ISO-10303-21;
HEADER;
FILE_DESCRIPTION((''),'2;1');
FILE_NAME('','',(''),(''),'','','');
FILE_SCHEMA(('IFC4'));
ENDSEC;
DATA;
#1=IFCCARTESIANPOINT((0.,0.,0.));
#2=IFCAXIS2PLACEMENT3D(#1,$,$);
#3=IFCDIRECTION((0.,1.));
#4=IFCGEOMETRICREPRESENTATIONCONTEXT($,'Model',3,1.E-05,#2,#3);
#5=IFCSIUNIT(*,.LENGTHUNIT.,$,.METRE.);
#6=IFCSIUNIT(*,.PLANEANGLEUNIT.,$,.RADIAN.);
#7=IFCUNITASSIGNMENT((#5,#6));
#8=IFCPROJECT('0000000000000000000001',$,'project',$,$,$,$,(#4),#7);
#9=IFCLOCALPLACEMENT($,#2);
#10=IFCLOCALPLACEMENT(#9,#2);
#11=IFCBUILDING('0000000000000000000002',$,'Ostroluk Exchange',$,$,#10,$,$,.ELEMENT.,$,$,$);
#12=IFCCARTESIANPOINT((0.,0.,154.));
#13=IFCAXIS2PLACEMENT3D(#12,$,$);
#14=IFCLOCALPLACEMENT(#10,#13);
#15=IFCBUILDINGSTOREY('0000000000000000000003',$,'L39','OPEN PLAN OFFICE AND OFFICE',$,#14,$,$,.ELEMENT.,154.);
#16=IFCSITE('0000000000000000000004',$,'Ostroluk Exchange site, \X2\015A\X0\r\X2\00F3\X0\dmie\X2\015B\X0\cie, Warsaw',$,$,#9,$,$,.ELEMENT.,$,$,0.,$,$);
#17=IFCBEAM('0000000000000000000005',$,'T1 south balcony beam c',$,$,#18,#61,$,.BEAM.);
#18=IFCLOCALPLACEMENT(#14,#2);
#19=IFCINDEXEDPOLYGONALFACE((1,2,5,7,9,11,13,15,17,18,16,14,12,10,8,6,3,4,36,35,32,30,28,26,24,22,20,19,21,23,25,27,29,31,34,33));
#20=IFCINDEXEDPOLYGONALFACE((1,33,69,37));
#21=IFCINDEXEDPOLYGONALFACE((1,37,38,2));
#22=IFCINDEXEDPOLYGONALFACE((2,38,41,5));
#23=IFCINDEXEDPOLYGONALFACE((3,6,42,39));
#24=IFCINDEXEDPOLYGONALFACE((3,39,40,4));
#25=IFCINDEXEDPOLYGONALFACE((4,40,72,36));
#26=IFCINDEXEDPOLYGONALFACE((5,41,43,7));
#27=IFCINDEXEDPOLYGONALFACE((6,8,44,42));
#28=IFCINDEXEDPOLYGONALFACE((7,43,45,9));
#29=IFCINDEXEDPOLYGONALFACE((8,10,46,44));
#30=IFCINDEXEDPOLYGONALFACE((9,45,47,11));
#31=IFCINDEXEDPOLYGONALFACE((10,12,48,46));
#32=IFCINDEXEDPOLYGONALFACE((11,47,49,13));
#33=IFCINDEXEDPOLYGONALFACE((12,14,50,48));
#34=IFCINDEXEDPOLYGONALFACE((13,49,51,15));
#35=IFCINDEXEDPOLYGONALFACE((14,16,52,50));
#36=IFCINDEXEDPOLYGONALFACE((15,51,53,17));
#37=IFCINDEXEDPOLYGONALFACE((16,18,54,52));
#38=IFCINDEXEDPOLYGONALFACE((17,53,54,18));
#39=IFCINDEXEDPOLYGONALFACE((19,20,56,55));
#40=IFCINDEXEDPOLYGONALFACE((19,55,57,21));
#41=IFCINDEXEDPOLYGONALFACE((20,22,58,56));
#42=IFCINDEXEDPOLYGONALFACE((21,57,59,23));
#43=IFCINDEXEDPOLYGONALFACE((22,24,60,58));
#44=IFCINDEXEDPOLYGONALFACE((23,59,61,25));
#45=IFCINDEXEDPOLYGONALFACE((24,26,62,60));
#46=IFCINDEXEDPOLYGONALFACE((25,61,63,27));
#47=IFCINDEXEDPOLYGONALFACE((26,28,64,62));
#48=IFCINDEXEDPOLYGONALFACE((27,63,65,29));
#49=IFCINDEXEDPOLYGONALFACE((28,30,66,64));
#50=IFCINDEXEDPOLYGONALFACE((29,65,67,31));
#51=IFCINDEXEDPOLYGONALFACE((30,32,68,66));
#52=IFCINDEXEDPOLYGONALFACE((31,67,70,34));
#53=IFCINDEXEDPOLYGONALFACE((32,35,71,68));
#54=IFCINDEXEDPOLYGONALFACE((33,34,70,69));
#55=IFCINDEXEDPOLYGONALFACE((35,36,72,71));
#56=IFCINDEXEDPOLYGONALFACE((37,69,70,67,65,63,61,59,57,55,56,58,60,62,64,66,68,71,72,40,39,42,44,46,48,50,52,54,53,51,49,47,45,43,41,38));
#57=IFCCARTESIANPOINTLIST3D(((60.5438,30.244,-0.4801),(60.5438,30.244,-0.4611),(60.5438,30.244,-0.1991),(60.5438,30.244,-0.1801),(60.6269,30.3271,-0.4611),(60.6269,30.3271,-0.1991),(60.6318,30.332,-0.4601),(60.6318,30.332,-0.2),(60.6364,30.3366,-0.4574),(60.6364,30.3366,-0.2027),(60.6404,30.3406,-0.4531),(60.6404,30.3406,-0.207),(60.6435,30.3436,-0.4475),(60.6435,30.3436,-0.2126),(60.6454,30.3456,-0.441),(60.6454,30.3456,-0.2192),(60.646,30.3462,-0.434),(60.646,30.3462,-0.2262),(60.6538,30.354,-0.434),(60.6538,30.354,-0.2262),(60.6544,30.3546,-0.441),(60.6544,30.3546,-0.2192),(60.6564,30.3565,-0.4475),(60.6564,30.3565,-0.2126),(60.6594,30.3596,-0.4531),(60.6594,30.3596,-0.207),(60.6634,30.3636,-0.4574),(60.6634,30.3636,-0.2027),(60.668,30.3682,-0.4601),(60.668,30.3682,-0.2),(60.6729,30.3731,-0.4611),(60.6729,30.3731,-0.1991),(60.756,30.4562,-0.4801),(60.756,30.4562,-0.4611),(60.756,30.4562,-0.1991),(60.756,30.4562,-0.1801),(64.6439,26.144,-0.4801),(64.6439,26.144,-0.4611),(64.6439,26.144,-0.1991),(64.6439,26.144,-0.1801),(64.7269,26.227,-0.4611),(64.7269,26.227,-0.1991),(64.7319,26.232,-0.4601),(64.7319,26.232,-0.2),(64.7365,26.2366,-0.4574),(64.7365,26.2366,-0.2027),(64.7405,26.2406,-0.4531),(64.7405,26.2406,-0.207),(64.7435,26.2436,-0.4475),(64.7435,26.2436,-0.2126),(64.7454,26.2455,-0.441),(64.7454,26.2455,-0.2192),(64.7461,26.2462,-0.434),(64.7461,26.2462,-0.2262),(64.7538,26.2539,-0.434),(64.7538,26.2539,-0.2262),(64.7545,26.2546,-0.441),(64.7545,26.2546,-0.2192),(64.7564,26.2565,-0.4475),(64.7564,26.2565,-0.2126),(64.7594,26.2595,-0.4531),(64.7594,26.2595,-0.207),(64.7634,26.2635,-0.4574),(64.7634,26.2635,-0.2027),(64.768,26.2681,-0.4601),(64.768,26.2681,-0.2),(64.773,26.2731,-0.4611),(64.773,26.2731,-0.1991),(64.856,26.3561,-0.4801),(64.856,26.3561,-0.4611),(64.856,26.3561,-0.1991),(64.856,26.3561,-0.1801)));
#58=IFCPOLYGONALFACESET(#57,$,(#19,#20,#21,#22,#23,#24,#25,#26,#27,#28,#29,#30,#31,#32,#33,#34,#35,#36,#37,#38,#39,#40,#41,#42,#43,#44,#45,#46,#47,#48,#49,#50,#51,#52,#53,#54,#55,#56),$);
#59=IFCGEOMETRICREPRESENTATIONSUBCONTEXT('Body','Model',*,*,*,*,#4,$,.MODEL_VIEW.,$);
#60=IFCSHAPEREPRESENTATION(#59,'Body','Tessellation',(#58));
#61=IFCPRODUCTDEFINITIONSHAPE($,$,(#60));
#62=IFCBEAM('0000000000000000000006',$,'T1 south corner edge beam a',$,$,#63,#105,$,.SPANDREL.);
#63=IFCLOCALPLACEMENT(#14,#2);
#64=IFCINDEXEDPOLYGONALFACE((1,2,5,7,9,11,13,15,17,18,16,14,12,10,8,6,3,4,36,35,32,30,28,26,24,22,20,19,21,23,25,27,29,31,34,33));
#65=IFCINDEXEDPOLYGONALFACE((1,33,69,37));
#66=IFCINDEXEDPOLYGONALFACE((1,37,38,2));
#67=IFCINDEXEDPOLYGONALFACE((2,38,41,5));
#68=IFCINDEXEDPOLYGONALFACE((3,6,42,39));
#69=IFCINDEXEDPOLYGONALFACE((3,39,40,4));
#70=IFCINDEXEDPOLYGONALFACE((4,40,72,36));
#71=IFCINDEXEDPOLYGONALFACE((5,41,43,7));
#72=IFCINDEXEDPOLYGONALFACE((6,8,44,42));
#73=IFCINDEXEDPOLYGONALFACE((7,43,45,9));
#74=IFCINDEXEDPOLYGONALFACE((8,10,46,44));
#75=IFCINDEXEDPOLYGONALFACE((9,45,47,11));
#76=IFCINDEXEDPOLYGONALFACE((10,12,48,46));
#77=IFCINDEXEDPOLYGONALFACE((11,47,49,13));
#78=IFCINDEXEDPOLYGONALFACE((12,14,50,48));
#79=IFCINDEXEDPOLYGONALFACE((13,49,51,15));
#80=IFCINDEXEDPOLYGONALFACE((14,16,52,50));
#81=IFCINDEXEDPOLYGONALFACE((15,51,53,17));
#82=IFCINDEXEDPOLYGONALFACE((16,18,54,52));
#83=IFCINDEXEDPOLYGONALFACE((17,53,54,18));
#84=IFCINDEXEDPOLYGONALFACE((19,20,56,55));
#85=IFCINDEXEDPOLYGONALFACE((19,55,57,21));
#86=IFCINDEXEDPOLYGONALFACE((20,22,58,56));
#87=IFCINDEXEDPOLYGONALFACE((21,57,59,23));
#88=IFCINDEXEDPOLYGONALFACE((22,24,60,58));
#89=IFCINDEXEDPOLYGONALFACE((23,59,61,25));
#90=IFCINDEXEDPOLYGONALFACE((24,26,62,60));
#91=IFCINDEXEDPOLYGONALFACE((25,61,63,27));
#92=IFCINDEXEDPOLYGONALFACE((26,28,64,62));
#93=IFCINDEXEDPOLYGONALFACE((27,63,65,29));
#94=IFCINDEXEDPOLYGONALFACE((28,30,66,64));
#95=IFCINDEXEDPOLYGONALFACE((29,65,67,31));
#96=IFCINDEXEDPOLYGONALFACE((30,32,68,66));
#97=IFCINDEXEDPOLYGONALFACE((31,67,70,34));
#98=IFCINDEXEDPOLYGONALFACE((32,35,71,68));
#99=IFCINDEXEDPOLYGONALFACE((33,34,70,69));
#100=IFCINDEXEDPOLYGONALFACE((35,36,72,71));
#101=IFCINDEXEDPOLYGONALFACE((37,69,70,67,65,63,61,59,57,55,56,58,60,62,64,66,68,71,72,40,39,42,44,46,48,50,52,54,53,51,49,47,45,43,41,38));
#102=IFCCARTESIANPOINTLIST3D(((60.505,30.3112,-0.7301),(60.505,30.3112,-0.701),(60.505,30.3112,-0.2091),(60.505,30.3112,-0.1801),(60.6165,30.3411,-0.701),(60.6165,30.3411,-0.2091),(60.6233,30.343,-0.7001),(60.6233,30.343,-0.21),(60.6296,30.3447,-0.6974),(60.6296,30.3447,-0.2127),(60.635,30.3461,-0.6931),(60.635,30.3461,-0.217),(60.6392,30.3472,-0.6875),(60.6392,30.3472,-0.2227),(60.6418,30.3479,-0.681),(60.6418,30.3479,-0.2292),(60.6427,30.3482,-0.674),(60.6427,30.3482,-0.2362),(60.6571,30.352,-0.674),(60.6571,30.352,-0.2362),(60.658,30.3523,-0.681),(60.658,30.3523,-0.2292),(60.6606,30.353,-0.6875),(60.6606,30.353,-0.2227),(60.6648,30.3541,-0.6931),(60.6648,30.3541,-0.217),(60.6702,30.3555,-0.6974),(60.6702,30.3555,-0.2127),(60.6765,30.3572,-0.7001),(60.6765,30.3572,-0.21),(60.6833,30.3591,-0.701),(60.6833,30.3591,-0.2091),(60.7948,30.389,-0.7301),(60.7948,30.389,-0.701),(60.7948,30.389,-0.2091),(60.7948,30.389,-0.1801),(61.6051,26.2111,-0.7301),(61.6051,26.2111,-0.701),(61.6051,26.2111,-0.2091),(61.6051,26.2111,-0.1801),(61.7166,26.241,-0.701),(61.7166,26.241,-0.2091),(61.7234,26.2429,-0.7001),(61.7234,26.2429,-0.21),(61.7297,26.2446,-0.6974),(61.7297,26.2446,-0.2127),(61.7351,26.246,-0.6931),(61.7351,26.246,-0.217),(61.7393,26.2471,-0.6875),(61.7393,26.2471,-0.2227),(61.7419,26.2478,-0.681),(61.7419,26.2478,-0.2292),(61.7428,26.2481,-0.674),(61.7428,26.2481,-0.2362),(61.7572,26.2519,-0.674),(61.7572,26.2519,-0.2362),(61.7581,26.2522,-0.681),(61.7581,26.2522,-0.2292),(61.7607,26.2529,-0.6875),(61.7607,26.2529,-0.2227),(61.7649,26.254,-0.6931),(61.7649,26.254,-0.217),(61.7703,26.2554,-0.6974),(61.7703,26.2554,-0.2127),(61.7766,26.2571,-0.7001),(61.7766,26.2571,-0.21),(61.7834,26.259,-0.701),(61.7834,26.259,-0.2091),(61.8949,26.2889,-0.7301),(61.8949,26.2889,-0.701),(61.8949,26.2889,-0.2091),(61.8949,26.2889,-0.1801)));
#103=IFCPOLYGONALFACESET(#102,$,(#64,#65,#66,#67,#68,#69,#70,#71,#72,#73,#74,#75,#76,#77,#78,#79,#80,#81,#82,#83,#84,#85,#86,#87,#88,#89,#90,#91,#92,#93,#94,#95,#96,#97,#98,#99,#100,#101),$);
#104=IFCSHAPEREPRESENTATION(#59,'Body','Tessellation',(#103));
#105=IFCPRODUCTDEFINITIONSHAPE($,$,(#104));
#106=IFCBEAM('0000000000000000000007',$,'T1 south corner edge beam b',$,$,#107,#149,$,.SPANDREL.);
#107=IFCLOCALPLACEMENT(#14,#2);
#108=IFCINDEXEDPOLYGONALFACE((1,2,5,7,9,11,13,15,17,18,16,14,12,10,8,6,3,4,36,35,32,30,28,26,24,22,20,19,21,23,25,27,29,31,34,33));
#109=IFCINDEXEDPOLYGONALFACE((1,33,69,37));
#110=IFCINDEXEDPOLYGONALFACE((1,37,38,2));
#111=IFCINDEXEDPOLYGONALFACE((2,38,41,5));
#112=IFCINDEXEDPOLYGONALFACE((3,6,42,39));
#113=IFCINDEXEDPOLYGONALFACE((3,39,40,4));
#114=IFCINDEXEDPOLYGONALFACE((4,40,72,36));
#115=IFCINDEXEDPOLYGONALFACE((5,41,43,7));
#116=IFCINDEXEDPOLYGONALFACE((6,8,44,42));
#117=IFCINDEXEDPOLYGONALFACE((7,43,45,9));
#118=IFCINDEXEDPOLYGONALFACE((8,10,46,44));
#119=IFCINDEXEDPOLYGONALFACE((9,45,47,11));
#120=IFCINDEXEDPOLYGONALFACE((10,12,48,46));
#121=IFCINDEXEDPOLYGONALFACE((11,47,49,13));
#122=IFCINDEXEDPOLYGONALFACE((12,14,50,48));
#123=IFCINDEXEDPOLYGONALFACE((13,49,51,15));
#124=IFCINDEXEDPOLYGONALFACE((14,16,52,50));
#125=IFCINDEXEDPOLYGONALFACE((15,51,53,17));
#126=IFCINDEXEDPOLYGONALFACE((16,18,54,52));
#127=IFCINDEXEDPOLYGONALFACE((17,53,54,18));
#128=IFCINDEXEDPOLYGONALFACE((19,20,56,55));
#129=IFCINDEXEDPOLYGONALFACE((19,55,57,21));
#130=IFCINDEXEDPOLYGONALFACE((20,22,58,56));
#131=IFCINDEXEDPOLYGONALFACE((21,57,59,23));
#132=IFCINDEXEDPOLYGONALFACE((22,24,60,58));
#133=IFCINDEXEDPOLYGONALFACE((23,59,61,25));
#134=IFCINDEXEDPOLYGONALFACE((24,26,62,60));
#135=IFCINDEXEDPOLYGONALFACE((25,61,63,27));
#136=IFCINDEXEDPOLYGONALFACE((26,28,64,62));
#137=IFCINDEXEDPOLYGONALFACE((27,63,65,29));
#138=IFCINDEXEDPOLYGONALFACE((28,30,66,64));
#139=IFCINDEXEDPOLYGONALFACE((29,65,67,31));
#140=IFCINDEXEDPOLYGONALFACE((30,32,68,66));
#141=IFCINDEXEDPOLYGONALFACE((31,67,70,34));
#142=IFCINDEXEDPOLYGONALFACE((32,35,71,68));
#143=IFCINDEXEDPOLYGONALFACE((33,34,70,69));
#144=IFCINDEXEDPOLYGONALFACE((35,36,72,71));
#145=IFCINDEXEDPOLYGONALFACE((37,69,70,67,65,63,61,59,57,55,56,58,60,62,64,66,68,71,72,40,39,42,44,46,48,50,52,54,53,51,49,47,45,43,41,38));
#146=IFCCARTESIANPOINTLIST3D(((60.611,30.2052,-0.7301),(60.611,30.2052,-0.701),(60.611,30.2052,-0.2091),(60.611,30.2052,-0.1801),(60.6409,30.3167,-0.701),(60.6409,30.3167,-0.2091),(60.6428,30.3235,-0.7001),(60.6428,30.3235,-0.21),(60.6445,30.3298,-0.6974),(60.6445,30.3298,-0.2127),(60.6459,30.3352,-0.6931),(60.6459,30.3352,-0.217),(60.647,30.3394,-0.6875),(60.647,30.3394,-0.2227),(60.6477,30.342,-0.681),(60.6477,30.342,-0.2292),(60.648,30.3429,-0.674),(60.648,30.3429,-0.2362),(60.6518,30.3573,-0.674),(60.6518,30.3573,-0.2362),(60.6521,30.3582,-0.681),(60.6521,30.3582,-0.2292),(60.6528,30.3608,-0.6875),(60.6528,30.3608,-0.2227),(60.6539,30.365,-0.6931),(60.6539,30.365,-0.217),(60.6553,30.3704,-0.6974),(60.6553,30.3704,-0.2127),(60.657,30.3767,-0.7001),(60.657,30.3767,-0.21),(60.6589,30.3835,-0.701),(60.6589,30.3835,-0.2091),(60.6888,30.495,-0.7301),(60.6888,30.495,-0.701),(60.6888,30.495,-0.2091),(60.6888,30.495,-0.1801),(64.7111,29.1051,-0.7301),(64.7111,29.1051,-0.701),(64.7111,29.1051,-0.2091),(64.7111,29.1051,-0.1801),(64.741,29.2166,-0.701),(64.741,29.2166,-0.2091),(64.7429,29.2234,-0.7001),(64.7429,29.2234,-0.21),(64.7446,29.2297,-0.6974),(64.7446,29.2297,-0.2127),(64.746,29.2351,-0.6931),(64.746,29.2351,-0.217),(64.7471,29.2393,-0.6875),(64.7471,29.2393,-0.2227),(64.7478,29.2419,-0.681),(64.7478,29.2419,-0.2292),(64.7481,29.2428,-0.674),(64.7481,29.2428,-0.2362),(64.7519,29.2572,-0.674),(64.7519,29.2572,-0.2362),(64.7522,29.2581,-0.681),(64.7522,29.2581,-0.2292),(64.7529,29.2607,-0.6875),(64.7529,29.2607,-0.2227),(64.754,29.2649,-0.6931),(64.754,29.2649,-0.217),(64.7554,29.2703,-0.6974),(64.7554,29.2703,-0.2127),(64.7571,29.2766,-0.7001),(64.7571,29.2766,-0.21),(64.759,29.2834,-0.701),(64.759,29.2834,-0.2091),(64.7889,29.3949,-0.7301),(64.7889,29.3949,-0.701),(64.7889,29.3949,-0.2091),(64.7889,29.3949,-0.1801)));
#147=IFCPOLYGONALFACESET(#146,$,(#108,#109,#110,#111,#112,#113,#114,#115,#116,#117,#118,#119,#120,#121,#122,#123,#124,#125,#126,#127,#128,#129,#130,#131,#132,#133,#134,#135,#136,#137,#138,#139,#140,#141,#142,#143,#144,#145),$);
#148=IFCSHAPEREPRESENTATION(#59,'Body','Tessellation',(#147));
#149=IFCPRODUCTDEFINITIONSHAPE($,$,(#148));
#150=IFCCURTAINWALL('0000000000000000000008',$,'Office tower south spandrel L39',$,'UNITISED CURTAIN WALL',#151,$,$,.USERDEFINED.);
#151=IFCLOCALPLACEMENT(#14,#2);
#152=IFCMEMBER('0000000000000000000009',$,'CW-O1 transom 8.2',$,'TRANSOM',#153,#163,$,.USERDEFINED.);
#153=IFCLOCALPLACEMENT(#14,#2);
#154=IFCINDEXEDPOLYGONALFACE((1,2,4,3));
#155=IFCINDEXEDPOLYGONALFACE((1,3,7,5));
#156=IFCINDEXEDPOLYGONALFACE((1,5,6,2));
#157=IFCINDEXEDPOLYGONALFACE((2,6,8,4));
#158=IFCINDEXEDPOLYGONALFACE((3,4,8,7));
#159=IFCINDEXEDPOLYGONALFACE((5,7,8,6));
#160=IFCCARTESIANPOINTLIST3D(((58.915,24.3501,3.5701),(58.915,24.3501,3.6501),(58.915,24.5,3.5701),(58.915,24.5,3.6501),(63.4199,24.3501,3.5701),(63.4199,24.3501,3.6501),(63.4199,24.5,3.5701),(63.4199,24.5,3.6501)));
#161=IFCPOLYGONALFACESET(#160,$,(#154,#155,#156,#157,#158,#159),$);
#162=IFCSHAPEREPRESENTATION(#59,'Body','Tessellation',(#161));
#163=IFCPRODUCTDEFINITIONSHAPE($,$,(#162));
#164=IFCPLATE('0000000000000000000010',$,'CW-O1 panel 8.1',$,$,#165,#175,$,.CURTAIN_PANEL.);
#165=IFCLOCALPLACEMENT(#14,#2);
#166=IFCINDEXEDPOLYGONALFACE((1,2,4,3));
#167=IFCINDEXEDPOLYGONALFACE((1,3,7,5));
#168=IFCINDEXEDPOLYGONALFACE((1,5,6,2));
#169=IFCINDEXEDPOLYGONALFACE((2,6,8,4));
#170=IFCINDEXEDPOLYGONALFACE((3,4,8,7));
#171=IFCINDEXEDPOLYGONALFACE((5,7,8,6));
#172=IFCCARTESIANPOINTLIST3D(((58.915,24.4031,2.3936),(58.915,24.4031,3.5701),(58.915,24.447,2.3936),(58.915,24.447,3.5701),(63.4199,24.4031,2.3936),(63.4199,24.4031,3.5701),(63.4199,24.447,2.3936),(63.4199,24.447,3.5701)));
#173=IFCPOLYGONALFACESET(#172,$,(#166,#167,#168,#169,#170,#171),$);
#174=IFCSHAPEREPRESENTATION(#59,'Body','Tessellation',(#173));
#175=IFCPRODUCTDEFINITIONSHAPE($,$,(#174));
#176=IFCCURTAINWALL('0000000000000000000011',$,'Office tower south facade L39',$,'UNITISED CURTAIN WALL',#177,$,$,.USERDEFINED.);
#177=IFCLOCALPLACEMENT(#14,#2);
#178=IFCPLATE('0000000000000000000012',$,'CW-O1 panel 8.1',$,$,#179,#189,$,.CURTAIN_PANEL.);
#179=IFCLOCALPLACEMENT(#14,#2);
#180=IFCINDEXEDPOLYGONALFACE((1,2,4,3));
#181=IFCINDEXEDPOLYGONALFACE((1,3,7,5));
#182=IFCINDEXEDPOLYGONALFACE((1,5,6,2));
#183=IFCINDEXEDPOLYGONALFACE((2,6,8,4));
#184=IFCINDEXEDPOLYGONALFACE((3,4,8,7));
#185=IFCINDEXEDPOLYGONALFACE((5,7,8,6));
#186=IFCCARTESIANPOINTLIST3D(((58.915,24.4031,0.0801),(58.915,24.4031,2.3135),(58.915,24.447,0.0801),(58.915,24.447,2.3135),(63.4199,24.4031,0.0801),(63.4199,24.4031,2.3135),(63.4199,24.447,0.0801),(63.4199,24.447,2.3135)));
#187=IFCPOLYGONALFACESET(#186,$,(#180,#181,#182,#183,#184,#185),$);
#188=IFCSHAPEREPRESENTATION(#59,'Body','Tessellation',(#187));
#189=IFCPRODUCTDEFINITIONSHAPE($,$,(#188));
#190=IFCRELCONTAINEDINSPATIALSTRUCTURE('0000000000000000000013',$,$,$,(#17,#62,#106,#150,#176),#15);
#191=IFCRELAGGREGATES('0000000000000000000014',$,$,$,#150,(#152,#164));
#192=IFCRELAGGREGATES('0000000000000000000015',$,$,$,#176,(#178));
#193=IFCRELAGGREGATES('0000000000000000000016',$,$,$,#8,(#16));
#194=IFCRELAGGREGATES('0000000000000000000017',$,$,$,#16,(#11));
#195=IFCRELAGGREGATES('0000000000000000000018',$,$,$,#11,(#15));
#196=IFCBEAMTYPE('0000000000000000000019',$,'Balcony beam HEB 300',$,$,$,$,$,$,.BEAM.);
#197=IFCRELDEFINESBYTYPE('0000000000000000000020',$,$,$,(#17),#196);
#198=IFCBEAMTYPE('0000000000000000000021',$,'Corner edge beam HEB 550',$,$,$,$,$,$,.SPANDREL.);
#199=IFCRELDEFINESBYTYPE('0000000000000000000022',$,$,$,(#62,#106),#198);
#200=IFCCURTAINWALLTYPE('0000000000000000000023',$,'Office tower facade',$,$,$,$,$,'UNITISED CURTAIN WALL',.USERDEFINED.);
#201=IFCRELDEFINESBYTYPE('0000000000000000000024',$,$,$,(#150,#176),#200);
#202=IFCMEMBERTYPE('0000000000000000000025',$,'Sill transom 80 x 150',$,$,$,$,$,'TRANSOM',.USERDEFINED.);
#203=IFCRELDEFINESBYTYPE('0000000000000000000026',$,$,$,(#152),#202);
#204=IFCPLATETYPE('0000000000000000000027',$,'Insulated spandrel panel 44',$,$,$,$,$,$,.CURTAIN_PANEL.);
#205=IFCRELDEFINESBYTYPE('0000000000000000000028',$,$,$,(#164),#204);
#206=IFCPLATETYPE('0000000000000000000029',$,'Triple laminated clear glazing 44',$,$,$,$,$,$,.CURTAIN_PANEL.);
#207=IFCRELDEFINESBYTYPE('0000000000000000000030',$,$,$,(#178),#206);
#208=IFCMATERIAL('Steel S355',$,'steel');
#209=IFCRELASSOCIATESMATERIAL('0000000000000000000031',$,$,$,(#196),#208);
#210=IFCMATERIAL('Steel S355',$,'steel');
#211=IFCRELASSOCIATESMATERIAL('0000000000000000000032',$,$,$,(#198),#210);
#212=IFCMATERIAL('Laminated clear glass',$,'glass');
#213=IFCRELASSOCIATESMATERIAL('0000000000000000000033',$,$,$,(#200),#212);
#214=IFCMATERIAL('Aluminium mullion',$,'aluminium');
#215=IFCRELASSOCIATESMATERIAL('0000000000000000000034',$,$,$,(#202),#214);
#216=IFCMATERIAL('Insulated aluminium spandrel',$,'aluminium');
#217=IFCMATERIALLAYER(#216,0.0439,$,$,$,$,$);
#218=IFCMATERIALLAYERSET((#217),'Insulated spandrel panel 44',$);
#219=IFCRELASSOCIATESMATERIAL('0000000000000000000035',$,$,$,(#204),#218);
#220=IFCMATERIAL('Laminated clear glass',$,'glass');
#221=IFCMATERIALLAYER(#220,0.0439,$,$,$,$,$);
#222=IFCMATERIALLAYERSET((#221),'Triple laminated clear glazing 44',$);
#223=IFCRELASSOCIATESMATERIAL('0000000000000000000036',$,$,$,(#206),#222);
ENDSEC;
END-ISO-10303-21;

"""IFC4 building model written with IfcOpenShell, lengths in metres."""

from ifc_helpers import new_model, si_unit, direction, frame, origin, origin_2d, place, context, subcontext, project, spatial, rectangle, i_section, extrude, material, layer, layer_set, material_profile, profile_set, type_object, element, aggregate, save


model = new_model("IFC4")

# Units and contexts
model_context = context("Model", 3, precision=1e-05, world=origin(), true_north=direction((0.0, 1.0)))
body_context = subcontext(model_context, "Body", "Model", "MODEL_VIEW")
ifc_project = project(units=[si_unit("LENGTHUNIT", "METRE"), si_unit("PLANEANGLEUNIT", "RADIAN")], contexts=[model_context])

# Site, building, storey
site_placement = place(None, origin())
site = spatial("IfcSite", under=ifc_project, at=site_placement, Name="Ostroluk Exchange site, Śródmieście, Warsaw", CompositionType="ELEMENT", RefElevation=0.0)
building_placement = place(site_placement, origin())
building = spatial("IfcBuilding", under=site, at=building_placement, Name="Ostroluk Exchange", CompositionType="ELEMENT")
storey_placement = place(building_placement, frame((0.0, 0.0, 154.0)))
storey = spatial("IfcBuildingStorey", under=building, at=storey_placement, Name="L39", Description="OPEN PLAN OFFICE AND OFFICE", CompositionType="ELEMENT", Elevation=154.0)

# Beams
ifc_material_1 = material(Name="Steel S355", Category="steel")
ifc_material_profile_1 = material_profile(ifc_material_1, i_section(OverallWidth=0.3, OverallDepth=0.3, WebThickness=0.011, FlangeThickness=0.019, FilletRadius=0.0271, at=origin_2d()), Name="HEB 300")
ifc_profile_set_1 = profile_set([ifc_material_profile_1], Name="Steel S355")
beam_type_1 = type_object("IfcBeamType", Name="Balcony beam HEB 300", PredefinedType="BEAM", material=ifc_profile_set_1)
beam_1_placement = place(storey_placement, frame((60.6499, 30.3501, -0.3301), z_axis=(0.707107, -0.707107, 0.0), x_axis=(0.707107, 0.707107, 0.0)))
element("IfcBeam", 1, at=beam_1_placement, inside=storey, type_object=beam_type_1, Name="T1 south balcony beam c", PredefinedType="BEAM", context=body_context, shape_type="SweptSolid", body=[
    extrude(i_section(OverallWidth=0.3, OverallDepth=0.3, WebThickness=0.011, FlangeThickness=0.019, FilletRadius=0.0271, at=origin_2d()), origin(), (0.0, 0.0, 1.0), 5.7983),
])
ifc_material_2 = material(Name="Steel S355", Category="steel")
ifc_material_profile_2 = material_profile(ifc_material_2, i_section(OverallWidth=0.3, OverallDepth=0.55, WebThickness=0.0149, FlangeThickness=0.0291, FilletRadius=0.0271, at=origin_2d()), Name="HEB 550")
ifc_profile_set_2 = profile_set([ifc_material_profile_2], Name="Steel S355")
beam_type_2 = type_object("IfcBeamType", Name="Corner edge beam HEB 550", PredefinedType="SPANDREL", material=ifc_profile_set_2)
for number, where, z_axis, x_axis, name in (
    (2, (60.6499, 30.3501, -0.4551), (0.259144, -0.965839, 0.0), (0.965839, 0.259144, 0.0), "T1 south corner edge beam a"),
    (3, (60.6499, 30.3501, -0.4551), (0.965839, -0.259144, 0.0), (0.259144, 0.965839, 0.0), "T1 south corner edge beam b"),
):
    element("IfcBeam", number, at=place(storey_placement, frame(where, z_axis=z_axis, x_axis=x_axis)), inside=storey, type_object=beam_type_2, Name=name, PredefinedType="SPANDREL", context=body_context, shape_type="SweptSolid", body=[
        extrude(i_section(OverallWidth=0.3, OverallDepth=0.55, WebThickness=0.0149, FlangeThickness=0.0291, FilletRadius=0.0271, at=origin_2d()), origin(), (0.0, 0.0, 1.0), 4.2451),
    ])

# Curtain wall, member, plate
ifc_material_3 = material(Name="Laminated clear glass", Category="glass")
curtain_wall_type = type_object("IfcCurtainWallType", Name="Office tower facade", ElementType="UNITISED CURTAIN WALL", PredefinedType="USERDEFINED", material=ifc_material_3)
curtain_wall_1_placement = place(storey_placement, origin())
curtain_wall_1 = element("IfcCurtainWall", 4, at=curtain_wall_1_placement, inside=storey, type_object=curtain_wall_type, Name="Office tower south spandrel L39", ObjectType="UNITISED CURTAIN WALL", PredefinedType="USERDEFINED")
ifc_material_4 = material(Name="Aluminium mullion", Category="aluminium")
ifc_material_profile_3 = material_profile(ifc_material_4, rectangle(XDim=0.1499, YDim=0.0801, at=origin_2d()), Name="Sill transom 80 x 150")
ifc_profile_set_3 = profile_set([ifc_material_profile_3], Name="Aluminium mullion")
member_type = type_object("IfcMemberType", Name="Sill transom 80 x 150", ElementType="TRANSOM", PredefinedType="USERDEFINED", material=ifc_profile_set_3)
member_placement = place(storey_placement, frame((58.915, 24.425, 3.6101), z_axis=(1.0, 0.0, 0.0), x_axis=(0.0, 1.0, 0.0)))
member = element("IfcMember", 5, at=member_placement, type_object=member_type, Name="CW-O1 transom 8.2", ObjectType="TRANSOM", PredefinedType="USERDEFINED", context=body_context, shape_type="SweptSolid", body=[
    extrude(rectangle(XDim=0.1499, YDim=0.0801, at=origin_2d()), origin(), (0.0, 0.0, 1.0), 4.5049),
])
ifc_material_5 = material(Name="Insulated aluminium spandrel", Category="aluminium")
ifc_layer_1 = layer(ifc_material_5, 0.0439)
ifc_layer_set_1 = layer_set([ifc_layer_1], Name="Insulated spandrel panel 44")
plate_type_1 = type_object("IfcPlateType", Name="Insulated spandrel panel 44", PredefinedType="CURTAIN_PANEL", material=ifc_layer_set_1)
plate_1_placement = place(storey_placement, frame((61.1675, 24.425, 2.3936), z_axis=(0.0, 0.0, 1.0), x_axis=(1.0, 0.0, 0.0)))
plate_1 = element("IfcPlate", 6, at=plate_1_placement, type_object=plate_type_1, Name="CW-O1 panel 8.1", PredefinedType="CURTAIN_PANEL", context=body_context, shape_type="SweptSolid", body=[
    extrude(rectangle(XDim=4.5049, YDim=0.0439, at=origin_2d()), origin(), (0.0, 0.0, 1.0), 1.1765),
])
aggregate(curtain_wall_1, [member, plate_1])

# Curtain wall, plate
curtain_wall_2_placement = place(storey_placement, origin())
curtain_wall_2 = element("IfcCurtainWall", 7, at=curtain_wall_2_placement, inside=storey, type_object=curtain_wall_type, Name="Office tower south facade L39", ObjectType="UNITISED CURTAIN WALL", PredefinedType="USERDEFINED")
ifc_material_6 = material(Name="Laminated clear glass", Category="glass")
ifc_layer_2 = layer(ifc_material_6, 0.0439)
ifc_layer_set_2 = layer_set([ifc_layer_2], Name="Triple laminated clear glazing 44")
plate_type_2 = type_object("IfcPlateType", Name="Triple laminated clear glazing 44", PredefinedType="CURTAIN_PANEL", material=ifc_layer_set_2)
plate_2_placement = place(storey_placement, frame((61.1675, 24.425, 0.0801), z_axis=(0.0, 0.0, 1.0), x_axis=(1.0, 0.0, 0.0)))
plate_2 = element("IfcPlate", 8, at=plate_2_placement, type_object=plate_type_2, Name="CW-O1 panel 8.1", PredefinedType="CURTAIN_PANEL", context=body_context, shape_type="SweptSolid", body=[
    extrude(rectangle(XDim=4.5049, YDim=0.0439, at=origin_2d()), origin(), (0.0, 0.0, 1.0), 2.2334),
])
aggregate(curtain_wall_2, [plate_2])

save(model, "model.ifc")
